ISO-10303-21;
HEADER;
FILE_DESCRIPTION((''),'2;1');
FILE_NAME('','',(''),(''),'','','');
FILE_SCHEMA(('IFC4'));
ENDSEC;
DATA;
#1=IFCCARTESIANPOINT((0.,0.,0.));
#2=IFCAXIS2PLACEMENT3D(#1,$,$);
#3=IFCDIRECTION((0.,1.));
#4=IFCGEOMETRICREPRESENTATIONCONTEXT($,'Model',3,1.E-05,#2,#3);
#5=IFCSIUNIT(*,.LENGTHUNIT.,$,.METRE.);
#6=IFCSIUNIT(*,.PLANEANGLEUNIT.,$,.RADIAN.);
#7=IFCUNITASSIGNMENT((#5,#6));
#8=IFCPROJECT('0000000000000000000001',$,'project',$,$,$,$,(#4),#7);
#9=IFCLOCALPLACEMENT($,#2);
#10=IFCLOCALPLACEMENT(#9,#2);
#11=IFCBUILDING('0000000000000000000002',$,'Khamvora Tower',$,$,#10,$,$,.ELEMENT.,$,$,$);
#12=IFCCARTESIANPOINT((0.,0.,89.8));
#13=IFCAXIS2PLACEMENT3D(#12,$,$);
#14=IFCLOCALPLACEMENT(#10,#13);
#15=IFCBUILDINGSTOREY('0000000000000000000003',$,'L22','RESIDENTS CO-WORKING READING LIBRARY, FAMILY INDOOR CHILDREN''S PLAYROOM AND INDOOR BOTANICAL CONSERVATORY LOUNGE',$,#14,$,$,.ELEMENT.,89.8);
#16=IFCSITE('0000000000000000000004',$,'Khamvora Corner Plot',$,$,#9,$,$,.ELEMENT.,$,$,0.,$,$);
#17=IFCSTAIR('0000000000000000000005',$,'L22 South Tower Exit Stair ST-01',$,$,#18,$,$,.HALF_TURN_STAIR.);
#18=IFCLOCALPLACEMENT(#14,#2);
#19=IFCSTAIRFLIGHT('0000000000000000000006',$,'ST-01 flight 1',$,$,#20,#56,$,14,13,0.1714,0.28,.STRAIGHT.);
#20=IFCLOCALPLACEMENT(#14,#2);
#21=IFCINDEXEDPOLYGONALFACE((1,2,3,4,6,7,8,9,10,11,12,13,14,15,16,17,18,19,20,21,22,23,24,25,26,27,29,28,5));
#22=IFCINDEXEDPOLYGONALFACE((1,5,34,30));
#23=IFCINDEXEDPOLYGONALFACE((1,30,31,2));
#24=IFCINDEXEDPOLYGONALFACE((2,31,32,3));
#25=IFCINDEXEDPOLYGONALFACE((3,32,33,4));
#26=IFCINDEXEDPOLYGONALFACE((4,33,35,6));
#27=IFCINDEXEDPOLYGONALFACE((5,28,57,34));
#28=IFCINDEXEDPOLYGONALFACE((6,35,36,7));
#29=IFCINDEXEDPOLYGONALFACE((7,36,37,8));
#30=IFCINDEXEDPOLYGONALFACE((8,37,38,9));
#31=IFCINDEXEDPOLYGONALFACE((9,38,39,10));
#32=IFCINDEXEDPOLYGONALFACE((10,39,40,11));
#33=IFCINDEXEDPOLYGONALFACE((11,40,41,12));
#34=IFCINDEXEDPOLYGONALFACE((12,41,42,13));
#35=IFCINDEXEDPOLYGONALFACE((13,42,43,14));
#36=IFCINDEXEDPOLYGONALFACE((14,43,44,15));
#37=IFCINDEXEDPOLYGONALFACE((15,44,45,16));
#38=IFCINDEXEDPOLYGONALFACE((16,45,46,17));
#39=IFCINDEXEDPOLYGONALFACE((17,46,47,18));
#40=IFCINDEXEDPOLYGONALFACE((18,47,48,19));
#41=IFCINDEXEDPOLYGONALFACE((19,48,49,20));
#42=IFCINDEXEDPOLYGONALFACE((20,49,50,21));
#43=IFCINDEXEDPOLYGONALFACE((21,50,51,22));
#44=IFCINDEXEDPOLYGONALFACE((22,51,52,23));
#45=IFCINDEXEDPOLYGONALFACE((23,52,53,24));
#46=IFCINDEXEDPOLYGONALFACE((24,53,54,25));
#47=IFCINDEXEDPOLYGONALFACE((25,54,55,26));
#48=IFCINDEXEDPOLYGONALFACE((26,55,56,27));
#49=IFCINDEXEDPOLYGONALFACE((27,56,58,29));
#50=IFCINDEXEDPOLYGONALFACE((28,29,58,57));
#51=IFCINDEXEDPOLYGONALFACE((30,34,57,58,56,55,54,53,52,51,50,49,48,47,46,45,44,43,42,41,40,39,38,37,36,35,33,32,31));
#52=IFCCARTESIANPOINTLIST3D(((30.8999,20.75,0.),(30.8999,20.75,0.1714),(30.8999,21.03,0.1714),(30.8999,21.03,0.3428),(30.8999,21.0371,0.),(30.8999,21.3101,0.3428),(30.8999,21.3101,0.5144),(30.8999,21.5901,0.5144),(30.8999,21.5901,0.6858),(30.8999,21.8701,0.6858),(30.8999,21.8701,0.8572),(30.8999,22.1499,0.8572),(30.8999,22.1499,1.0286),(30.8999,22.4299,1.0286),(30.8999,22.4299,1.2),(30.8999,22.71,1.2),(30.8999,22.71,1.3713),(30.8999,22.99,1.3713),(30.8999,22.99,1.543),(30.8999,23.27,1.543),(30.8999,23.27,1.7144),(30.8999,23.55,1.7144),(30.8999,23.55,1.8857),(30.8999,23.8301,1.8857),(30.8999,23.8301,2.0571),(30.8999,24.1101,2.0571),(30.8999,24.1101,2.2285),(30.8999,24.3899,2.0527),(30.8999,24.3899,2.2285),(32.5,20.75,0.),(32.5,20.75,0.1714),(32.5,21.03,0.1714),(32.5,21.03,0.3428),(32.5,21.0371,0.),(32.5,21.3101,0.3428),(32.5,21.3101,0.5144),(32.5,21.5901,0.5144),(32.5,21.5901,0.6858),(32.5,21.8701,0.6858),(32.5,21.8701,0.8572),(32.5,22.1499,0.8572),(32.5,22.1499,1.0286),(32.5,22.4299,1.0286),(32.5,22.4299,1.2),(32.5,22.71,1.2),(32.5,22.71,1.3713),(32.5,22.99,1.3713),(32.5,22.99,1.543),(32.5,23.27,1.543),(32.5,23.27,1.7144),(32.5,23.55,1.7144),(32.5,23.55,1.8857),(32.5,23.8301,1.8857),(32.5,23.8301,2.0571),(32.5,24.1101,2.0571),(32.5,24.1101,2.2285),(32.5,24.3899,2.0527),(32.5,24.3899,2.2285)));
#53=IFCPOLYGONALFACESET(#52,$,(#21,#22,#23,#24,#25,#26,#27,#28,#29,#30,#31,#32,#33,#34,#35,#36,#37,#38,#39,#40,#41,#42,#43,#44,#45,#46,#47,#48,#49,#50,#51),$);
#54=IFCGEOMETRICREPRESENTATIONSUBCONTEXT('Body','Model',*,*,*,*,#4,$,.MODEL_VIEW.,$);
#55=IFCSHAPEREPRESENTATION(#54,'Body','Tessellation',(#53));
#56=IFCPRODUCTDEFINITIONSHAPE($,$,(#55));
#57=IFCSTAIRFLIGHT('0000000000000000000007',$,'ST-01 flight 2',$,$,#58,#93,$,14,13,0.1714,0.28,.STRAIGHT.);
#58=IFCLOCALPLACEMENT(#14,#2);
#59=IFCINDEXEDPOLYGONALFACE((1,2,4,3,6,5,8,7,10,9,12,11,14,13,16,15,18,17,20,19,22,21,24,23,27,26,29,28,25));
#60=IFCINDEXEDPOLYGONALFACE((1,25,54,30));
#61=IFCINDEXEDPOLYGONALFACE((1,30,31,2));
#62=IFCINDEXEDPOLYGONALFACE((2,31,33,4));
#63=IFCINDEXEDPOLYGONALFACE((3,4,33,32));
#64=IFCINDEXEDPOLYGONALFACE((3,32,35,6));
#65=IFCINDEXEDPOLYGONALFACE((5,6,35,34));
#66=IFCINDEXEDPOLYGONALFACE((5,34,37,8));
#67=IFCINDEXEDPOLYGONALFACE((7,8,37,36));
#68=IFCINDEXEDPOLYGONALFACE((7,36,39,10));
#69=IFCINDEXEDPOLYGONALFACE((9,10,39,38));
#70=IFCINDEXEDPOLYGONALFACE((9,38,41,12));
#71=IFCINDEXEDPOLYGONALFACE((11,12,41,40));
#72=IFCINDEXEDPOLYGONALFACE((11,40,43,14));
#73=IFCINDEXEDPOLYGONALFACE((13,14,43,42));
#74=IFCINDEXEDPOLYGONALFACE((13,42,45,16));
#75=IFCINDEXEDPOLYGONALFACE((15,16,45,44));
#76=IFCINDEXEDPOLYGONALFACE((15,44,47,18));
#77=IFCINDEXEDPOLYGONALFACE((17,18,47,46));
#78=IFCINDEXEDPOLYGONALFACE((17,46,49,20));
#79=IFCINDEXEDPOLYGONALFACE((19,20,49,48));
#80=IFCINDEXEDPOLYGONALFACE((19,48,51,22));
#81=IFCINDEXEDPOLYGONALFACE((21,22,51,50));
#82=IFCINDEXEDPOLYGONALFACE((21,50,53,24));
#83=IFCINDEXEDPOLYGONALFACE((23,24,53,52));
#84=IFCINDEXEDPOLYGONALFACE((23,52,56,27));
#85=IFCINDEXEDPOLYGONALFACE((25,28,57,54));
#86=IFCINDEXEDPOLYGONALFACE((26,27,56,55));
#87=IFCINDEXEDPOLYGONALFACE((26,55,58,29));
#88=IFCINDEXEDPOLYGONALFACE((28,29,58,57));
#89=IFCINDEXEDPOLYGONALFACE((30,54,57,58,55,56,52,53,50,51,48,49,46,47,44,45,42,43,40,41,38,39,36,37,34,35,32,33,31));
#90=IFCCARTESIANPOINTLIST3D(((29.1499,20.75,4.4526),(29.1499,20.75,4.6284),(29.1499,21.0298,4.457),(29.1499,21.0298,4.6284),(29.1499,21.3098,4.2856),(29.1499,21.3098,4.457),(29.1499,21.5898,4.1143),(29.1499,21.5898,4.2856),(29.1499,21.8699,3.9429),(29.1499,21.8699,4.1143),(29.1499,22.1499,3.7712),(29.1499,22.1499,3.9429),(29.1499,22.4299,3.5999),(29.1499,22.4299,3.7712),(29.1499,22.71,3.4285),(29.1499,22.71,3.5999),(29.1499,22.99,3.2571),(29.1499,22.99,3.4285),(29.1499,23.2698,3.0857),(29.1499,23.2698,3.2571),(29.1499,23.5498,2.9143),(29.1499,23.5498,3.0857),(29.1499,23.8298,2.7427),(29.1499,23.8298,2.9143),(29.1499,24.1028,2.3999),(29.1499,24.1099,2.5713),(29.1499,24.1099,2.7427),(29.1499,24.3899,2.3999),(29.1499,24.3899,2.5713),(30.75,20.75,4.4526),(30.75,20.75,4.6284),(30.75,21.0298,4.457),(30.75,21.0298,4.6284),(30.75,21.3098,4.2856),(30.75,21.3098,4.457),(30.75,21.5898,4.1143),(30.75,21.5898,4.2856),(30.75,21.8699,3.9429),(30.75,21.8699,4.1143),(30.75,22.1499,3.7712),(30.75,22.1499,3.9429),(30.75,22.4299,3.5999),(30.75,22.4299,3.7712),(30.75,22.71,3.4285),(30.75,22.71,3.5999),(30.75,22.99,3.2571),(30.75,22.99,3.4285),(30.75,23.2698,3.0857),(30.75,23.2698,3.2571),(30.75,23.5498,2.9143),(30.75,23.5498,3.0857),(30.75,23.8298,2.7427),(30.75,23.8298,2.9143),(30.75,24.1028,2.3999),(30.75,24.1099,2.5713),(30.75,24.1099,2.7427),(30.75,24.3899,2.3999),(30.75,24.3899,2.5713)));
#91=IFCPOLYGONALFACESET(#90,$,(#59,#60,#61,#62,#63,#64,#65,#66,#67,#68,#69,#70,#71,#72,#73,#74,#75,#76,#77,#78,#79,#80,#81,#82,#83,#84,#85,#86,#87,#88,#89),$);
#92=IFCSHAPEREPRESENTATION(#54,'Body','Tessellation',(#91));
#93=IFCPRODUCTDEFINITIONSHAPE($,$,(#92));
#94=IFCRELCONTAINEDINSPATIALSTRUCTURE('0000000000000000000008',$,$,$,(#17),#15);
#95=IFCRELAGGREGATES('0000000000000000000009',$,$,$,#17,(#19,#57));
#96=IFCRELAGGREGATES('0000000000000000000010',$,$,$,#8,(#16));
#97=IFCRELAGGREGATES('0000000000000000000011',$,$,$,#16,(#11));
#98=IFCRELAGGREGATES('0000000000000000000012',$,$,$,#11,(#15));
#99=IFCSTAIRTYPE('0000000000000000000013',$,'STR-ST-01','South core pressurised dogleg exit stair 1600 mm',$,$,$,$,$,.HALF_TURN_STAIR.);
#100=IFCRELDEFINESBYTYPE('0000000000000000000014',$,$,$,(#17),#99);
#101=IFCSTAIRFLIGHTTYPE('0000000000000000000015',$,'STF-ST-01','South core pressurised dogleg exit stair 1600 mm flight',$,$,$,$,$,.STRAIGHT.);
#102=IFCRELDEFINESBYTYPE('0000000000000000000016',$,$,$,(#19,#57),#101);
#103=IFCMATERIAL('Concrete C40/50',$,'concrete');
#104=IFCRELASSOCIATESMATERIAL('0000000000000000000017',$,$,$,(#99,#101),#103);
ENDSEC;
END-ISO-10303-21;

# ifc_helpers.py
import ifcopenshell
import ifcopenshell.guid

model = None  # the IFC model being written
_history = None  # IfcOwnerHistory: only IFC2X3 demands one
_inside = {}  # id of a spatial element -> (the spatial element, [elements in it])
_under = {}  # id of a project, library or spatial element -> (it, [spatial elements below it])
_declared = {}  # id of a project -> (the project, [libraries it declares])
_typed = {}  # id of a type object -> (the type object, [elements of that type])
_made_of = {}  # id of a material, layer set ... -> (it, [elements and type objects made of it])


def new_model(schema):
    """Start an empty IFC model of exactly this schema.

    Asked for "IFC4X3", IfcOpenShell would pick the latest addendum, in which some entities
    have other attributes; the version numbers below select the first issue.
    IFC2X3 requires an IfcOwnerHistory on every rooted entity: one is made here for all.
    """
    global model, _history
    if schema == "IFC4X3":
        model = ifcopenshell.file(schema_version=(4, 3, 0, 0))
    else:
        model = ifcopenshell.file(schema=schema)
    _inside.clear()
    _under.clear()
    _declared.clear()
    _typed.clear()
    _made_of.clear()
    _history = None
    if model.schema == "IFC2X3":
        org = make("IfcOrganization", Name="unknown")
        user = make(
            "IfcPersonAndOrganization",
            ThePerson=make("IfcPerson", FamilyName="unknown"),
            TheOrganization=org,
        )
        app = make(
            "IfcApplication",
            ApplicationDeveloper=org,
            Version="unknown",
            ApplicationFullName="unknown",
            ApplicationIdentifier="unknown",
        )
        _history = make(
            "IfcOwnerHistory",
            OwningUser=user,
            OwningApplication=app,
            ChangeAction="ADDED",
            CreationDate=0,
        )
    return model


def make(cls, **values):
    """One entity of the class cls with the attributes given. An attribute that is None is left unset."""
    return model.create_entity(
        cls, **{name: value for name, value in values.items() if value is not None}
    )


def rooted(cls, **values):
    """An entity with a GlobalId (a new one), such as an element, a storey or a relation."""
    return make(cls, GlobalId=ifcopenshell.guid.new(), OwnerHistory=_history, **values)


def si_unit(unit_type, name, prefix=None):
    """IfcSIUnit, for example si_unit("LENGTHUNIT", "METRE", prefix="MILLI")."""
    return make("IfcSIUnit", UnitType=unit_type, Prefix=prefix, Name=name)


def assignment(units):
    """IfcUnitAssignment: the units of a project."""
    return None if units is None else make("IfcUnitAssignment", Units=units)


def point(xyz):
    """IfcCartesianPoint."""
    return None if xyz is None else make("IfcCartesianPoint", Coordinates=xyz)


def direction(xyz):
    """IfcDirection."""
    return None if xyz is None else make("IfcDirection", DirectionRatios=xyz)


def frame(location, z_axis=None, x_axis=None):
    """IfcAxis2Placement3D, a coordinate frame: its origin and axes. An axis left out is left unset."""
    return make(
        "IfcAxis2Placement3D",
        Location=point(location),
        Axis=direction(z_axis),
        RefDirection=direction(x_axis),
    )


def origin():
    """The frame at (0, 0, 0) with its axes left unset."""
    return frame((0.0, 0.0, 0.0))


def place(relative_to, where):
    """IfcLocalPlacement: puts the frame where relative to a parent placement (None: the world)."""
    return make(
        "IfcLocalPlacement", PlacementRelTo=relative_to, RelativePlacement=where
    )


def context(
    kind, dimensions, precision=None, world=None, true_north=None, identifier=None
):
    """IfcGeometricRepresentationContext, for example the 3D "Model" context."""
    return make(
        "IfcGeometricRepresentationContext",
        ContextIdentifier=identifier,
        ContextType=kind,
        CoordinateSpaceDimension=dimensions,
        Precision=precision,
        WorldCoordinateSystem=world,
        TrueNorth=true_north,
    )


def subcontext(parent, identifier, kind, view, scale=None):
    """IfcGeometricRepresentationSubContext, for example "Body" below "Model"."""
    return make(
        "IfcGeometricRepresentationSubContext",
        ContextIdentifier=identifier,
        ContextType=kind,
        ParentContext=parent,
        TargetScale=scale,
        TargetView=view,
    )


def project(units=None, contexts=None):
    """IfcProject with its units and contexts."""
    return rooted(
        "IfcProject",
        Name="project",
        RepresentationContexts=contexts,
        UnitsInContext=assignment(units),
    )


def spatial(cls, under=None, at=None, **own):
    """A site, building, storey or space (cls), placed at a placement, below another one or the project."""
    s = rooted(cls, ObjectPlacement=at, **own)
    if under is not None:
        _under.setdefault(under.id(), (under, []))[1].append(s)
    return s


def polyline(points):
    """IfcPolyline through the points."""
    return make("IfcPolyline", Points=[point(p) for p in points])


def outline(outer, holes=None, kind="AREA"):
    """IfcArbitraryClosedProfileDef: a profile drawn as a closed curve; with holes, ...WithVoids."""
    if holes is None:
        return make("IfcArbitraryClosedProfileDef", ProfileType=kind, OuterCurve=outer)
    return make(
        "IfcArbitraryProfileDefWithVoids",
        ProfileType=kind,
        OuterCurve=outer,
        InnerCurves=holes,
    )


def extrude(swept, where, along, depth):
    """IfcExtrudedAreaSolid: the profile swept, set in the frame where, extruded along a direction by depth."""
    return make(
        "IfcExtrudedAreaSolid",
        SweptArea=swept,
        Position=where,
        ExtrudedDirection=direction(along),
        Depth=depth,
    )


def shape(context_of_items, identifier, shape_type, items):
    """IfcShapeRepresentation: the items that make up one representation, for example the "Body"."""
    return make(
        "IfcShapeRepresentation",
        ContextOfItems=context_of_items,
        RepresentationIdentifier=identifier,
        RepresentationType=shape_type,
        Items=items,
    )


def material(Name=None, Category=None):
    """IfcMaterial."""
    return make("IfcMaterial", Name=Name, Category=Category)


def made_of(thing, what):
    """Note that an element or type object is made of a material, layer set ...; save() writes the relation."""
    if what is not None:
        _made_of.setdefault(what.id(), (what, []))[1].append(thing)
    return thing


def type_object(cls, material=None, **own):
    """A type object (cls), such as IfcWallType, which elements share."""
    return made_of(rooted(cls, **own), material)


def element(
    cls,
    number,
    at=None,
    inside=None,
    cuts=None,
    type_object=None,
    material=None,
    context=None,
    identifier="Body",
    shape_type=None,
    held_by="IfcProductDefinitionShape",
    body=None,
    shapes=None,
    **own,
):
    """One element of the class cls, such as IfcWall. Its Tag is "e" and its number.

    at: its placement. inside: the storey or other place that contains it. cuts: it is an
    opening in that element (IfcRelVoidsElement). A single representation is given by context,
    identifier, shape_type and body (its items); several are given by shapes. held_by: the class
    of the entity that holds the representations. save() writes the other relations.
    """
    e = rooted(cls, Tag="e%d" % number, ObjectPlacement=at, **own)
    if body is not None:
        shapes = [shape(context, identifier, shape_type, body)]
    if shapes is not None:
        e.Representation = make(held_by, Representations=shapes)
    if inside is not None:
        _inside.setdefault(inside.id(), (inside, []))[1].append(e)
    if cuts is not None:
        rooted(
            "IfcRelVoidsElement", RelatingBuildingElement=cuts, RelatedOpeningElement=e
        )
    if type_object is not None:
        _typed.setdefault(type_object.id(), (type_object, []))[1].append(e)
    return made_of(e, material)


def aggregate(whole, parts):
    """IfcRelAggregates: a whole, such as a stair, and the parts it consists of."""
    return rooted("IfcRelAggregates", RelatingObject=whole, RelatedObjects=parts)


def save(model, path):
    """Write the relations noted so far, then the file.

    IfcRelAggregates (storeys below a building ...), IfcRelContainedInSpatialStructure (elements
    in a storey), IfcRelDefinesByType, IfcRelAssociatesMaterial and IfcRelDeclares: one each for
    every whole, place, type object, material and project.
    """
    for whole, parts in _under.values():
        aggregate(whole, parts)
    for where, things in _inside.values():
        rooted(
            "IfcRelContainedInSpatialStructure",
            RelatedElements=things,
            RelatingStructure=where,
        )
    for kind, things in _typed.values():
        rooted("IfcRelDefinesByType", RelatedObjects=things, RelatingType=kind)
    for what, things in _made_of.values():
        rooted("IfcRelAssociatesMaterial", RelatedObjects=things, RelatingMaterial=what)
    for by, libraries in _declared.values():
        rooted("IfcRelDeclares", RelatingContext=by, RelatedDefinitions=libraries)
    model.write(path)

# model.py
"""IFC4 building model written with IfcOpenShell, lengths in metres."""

from ifc_helpers import new_model, si_unit, direction, frame, origin, place, context, subcontext, project, spatial, polyline, outline, extrude, material, type_object, element, aggregate, save


model = new_model("IFC4")

# Units and contexts
model_context = context("Model", 3, precision=1e-05, world=origin(), true_north=direction((0.0, 1.0)))
body_context = subcontext(model_context, "Body", "Model", "MODEL_VIEW")
ifc_project = project(units=[si_unit("LENGTHUNIT", "METRE"), si_unit("PLANEANGLEUNIT", "RADIAN")], contexts=[model_context])

# Site, building, storey
site_placement = place(None, origin())
site = spatial("IfcSite", under=ifc_project, at=site_placement, Name="Khamvora Corner Plot", CompositionType="ELEMENT", RefElevation=0.0)
building_placement = place(site_placement, origin())
building = spatial("IfcBuilding", under=site, at=building_placement, Name="Khamvora Tower", CompositionType="ELEMENT")
storey_placement = place(building_placement, frame((0.0, 0.0, 89.8)))
storey = spatial("IfcBuildingStorey", under=building, at=storey_placement, Name="L22", Description="RESIDENTS CO-WORKING READING LIBRARY, FAMILY INDOOR CHILDREN'S PLAYROOM AND INDOOR BOTANICAL CONSERVATORY LOUNGE", CompositionType="ELEMENT", Elevation=89.8)

# Stair, stair flights
ifc_material_1 = material(Name="Concrete C40/50", Category="concrete")
stair_type = type_object("IfcStairType", Name="STR-ST-01", Description="South core pressurised dogleg exit stair 1600 mm", PredefinedType="HALF_TURN_STAIR", material=ifc_material_1)
stair_placement = place(storey_placement, origin())
stair = element("IfcStair", 1, at=stair_placement, inside=storey, type_object=stair_type, Name="L22 South Tower Exit Stair ST-01", PredefinedType="HALF_TURN_STAIR")
stair_flight_type = type_object("IfcStairFlightType", Name="STF-ST-01", Description="South core pressurised dogleg exit stair 1600 mm flight", PredefinedType="STRAIGHT", material=ifc_material_1)
stair_flight_1_placement = place(storey_placement, frame((31.7, 20.75, 0.0), z_axis=(0.0, 0.0, 1.0), x_axis=(0.0, 1.0, 0.0)))
stair_flight_1 = element("IfcStairFlight", 2, at=stair_flight_1_placement, type_object=stair_flight_type, Name="ST-01 flight 1", NumberOfRisers=14, NumberOfTreads=13, PredefinedType="STRAIGHT", RiserHeight=0.1714, TreadLength=0.28, context=body_context, shape_type="SweptSolid", body=[
    extrude(outline(polyline([(0.0, 0.0), (0.0, 0.1714), (0.28, 0.1714), (0.28, 0.3428), (0.5601, 0.3428), (0.5601, 0.5144), (0.8401, 0.5144), (0.8401, 0.6858), (1.1201, 0.6858), (1.1201, 0.8572), (1.3999, 0.8572), (1.3999, 1.0286), (1.6799, 1.0286), (1.6799, 1.2), (1.96, 1.2), (1.96, 1.3713), (2.24, 1.3713), (2.24, 1.543), (2.52, 1.543), (2.52, 1.7144), (2.8, 1.7144), (2.8, 1.8857), (3.0801, 1.8857), (3.0801, 2.0571), (3.3601, 2.0571), (3.3601, 2.2285), (3.6399, 2.2285), (3.6399, 2.3999), (3.6399, 2.0527), (0.2871, 0.0), (0.0, 0.0)])), frame((0.0, 0.8, 0.0), z_axis=(0.0, -1.0, 0.0), x_axis=(1.0, 0.0, 0.0)), (0.0, 0.0, 1.0), 1.6001),
])
stair_flight_2_placement = place(storey_placement, frame((29.95, 24.3899, 2.3999), z_axis=(0.0, 0.0, 1.0), x_axis=(0.0, -1.0, 0.0)))
stair_flight_2 = element("IfcStairFlight", 3, at=stair_flight_2_placement, type_object=stair_flight_type, Name="ST-01 flight 2", NumberOfRisers=14, NumberOfTreads=13, PredefinedType="STRAIGHT", RiserHeight=0.1714, TreadLength=0.28, context=body_context, shape_type="SweptSolid", body=[
    extrude(outline(polyline([(0.0, 0.0), (0.0, 0.1714), (0.28, 0.1714), (0.28, 0.3428), (0.5601, 0.3428), (0.5601, 0.5144), (0.8401, 0.5144), (0.8401, 0.6858), (1.1201, 0.6858), (1.1201, 0.8572), (1.3999, 0.8572), (1.3999, 1.0286), (1.6799, 1.0286), (1.6799, 1.2), (1.96, 1.2), (1.96, 1.3713), (2.24, 1.3713), (2.24, 1.543), (2.52, 1.543), (2.52, 1.7144), (2.8, 1.7144), (2.8, 1.8857), (3.0801, 1.8857), (3.0801, 2.0571), (3.3601, 2.0571), (3.3601, 2.2285), (3.6399, 2.2285), (3.6399, 2.3999), (3.6399, 2.0527), (0.2871, 0.0), (0.0, 0.0)])), frame((0.0, 0.8, 0.0), z_axis=(0.0, -1.0, 0.0), x_axis=(1.0, 0.0, 0.0)), (0.0, 0.0, 1.0), 1.6001),
])
aggregate(stair, [stair_flight_1, stair_flight_2])

save(model, "model.ifc")
